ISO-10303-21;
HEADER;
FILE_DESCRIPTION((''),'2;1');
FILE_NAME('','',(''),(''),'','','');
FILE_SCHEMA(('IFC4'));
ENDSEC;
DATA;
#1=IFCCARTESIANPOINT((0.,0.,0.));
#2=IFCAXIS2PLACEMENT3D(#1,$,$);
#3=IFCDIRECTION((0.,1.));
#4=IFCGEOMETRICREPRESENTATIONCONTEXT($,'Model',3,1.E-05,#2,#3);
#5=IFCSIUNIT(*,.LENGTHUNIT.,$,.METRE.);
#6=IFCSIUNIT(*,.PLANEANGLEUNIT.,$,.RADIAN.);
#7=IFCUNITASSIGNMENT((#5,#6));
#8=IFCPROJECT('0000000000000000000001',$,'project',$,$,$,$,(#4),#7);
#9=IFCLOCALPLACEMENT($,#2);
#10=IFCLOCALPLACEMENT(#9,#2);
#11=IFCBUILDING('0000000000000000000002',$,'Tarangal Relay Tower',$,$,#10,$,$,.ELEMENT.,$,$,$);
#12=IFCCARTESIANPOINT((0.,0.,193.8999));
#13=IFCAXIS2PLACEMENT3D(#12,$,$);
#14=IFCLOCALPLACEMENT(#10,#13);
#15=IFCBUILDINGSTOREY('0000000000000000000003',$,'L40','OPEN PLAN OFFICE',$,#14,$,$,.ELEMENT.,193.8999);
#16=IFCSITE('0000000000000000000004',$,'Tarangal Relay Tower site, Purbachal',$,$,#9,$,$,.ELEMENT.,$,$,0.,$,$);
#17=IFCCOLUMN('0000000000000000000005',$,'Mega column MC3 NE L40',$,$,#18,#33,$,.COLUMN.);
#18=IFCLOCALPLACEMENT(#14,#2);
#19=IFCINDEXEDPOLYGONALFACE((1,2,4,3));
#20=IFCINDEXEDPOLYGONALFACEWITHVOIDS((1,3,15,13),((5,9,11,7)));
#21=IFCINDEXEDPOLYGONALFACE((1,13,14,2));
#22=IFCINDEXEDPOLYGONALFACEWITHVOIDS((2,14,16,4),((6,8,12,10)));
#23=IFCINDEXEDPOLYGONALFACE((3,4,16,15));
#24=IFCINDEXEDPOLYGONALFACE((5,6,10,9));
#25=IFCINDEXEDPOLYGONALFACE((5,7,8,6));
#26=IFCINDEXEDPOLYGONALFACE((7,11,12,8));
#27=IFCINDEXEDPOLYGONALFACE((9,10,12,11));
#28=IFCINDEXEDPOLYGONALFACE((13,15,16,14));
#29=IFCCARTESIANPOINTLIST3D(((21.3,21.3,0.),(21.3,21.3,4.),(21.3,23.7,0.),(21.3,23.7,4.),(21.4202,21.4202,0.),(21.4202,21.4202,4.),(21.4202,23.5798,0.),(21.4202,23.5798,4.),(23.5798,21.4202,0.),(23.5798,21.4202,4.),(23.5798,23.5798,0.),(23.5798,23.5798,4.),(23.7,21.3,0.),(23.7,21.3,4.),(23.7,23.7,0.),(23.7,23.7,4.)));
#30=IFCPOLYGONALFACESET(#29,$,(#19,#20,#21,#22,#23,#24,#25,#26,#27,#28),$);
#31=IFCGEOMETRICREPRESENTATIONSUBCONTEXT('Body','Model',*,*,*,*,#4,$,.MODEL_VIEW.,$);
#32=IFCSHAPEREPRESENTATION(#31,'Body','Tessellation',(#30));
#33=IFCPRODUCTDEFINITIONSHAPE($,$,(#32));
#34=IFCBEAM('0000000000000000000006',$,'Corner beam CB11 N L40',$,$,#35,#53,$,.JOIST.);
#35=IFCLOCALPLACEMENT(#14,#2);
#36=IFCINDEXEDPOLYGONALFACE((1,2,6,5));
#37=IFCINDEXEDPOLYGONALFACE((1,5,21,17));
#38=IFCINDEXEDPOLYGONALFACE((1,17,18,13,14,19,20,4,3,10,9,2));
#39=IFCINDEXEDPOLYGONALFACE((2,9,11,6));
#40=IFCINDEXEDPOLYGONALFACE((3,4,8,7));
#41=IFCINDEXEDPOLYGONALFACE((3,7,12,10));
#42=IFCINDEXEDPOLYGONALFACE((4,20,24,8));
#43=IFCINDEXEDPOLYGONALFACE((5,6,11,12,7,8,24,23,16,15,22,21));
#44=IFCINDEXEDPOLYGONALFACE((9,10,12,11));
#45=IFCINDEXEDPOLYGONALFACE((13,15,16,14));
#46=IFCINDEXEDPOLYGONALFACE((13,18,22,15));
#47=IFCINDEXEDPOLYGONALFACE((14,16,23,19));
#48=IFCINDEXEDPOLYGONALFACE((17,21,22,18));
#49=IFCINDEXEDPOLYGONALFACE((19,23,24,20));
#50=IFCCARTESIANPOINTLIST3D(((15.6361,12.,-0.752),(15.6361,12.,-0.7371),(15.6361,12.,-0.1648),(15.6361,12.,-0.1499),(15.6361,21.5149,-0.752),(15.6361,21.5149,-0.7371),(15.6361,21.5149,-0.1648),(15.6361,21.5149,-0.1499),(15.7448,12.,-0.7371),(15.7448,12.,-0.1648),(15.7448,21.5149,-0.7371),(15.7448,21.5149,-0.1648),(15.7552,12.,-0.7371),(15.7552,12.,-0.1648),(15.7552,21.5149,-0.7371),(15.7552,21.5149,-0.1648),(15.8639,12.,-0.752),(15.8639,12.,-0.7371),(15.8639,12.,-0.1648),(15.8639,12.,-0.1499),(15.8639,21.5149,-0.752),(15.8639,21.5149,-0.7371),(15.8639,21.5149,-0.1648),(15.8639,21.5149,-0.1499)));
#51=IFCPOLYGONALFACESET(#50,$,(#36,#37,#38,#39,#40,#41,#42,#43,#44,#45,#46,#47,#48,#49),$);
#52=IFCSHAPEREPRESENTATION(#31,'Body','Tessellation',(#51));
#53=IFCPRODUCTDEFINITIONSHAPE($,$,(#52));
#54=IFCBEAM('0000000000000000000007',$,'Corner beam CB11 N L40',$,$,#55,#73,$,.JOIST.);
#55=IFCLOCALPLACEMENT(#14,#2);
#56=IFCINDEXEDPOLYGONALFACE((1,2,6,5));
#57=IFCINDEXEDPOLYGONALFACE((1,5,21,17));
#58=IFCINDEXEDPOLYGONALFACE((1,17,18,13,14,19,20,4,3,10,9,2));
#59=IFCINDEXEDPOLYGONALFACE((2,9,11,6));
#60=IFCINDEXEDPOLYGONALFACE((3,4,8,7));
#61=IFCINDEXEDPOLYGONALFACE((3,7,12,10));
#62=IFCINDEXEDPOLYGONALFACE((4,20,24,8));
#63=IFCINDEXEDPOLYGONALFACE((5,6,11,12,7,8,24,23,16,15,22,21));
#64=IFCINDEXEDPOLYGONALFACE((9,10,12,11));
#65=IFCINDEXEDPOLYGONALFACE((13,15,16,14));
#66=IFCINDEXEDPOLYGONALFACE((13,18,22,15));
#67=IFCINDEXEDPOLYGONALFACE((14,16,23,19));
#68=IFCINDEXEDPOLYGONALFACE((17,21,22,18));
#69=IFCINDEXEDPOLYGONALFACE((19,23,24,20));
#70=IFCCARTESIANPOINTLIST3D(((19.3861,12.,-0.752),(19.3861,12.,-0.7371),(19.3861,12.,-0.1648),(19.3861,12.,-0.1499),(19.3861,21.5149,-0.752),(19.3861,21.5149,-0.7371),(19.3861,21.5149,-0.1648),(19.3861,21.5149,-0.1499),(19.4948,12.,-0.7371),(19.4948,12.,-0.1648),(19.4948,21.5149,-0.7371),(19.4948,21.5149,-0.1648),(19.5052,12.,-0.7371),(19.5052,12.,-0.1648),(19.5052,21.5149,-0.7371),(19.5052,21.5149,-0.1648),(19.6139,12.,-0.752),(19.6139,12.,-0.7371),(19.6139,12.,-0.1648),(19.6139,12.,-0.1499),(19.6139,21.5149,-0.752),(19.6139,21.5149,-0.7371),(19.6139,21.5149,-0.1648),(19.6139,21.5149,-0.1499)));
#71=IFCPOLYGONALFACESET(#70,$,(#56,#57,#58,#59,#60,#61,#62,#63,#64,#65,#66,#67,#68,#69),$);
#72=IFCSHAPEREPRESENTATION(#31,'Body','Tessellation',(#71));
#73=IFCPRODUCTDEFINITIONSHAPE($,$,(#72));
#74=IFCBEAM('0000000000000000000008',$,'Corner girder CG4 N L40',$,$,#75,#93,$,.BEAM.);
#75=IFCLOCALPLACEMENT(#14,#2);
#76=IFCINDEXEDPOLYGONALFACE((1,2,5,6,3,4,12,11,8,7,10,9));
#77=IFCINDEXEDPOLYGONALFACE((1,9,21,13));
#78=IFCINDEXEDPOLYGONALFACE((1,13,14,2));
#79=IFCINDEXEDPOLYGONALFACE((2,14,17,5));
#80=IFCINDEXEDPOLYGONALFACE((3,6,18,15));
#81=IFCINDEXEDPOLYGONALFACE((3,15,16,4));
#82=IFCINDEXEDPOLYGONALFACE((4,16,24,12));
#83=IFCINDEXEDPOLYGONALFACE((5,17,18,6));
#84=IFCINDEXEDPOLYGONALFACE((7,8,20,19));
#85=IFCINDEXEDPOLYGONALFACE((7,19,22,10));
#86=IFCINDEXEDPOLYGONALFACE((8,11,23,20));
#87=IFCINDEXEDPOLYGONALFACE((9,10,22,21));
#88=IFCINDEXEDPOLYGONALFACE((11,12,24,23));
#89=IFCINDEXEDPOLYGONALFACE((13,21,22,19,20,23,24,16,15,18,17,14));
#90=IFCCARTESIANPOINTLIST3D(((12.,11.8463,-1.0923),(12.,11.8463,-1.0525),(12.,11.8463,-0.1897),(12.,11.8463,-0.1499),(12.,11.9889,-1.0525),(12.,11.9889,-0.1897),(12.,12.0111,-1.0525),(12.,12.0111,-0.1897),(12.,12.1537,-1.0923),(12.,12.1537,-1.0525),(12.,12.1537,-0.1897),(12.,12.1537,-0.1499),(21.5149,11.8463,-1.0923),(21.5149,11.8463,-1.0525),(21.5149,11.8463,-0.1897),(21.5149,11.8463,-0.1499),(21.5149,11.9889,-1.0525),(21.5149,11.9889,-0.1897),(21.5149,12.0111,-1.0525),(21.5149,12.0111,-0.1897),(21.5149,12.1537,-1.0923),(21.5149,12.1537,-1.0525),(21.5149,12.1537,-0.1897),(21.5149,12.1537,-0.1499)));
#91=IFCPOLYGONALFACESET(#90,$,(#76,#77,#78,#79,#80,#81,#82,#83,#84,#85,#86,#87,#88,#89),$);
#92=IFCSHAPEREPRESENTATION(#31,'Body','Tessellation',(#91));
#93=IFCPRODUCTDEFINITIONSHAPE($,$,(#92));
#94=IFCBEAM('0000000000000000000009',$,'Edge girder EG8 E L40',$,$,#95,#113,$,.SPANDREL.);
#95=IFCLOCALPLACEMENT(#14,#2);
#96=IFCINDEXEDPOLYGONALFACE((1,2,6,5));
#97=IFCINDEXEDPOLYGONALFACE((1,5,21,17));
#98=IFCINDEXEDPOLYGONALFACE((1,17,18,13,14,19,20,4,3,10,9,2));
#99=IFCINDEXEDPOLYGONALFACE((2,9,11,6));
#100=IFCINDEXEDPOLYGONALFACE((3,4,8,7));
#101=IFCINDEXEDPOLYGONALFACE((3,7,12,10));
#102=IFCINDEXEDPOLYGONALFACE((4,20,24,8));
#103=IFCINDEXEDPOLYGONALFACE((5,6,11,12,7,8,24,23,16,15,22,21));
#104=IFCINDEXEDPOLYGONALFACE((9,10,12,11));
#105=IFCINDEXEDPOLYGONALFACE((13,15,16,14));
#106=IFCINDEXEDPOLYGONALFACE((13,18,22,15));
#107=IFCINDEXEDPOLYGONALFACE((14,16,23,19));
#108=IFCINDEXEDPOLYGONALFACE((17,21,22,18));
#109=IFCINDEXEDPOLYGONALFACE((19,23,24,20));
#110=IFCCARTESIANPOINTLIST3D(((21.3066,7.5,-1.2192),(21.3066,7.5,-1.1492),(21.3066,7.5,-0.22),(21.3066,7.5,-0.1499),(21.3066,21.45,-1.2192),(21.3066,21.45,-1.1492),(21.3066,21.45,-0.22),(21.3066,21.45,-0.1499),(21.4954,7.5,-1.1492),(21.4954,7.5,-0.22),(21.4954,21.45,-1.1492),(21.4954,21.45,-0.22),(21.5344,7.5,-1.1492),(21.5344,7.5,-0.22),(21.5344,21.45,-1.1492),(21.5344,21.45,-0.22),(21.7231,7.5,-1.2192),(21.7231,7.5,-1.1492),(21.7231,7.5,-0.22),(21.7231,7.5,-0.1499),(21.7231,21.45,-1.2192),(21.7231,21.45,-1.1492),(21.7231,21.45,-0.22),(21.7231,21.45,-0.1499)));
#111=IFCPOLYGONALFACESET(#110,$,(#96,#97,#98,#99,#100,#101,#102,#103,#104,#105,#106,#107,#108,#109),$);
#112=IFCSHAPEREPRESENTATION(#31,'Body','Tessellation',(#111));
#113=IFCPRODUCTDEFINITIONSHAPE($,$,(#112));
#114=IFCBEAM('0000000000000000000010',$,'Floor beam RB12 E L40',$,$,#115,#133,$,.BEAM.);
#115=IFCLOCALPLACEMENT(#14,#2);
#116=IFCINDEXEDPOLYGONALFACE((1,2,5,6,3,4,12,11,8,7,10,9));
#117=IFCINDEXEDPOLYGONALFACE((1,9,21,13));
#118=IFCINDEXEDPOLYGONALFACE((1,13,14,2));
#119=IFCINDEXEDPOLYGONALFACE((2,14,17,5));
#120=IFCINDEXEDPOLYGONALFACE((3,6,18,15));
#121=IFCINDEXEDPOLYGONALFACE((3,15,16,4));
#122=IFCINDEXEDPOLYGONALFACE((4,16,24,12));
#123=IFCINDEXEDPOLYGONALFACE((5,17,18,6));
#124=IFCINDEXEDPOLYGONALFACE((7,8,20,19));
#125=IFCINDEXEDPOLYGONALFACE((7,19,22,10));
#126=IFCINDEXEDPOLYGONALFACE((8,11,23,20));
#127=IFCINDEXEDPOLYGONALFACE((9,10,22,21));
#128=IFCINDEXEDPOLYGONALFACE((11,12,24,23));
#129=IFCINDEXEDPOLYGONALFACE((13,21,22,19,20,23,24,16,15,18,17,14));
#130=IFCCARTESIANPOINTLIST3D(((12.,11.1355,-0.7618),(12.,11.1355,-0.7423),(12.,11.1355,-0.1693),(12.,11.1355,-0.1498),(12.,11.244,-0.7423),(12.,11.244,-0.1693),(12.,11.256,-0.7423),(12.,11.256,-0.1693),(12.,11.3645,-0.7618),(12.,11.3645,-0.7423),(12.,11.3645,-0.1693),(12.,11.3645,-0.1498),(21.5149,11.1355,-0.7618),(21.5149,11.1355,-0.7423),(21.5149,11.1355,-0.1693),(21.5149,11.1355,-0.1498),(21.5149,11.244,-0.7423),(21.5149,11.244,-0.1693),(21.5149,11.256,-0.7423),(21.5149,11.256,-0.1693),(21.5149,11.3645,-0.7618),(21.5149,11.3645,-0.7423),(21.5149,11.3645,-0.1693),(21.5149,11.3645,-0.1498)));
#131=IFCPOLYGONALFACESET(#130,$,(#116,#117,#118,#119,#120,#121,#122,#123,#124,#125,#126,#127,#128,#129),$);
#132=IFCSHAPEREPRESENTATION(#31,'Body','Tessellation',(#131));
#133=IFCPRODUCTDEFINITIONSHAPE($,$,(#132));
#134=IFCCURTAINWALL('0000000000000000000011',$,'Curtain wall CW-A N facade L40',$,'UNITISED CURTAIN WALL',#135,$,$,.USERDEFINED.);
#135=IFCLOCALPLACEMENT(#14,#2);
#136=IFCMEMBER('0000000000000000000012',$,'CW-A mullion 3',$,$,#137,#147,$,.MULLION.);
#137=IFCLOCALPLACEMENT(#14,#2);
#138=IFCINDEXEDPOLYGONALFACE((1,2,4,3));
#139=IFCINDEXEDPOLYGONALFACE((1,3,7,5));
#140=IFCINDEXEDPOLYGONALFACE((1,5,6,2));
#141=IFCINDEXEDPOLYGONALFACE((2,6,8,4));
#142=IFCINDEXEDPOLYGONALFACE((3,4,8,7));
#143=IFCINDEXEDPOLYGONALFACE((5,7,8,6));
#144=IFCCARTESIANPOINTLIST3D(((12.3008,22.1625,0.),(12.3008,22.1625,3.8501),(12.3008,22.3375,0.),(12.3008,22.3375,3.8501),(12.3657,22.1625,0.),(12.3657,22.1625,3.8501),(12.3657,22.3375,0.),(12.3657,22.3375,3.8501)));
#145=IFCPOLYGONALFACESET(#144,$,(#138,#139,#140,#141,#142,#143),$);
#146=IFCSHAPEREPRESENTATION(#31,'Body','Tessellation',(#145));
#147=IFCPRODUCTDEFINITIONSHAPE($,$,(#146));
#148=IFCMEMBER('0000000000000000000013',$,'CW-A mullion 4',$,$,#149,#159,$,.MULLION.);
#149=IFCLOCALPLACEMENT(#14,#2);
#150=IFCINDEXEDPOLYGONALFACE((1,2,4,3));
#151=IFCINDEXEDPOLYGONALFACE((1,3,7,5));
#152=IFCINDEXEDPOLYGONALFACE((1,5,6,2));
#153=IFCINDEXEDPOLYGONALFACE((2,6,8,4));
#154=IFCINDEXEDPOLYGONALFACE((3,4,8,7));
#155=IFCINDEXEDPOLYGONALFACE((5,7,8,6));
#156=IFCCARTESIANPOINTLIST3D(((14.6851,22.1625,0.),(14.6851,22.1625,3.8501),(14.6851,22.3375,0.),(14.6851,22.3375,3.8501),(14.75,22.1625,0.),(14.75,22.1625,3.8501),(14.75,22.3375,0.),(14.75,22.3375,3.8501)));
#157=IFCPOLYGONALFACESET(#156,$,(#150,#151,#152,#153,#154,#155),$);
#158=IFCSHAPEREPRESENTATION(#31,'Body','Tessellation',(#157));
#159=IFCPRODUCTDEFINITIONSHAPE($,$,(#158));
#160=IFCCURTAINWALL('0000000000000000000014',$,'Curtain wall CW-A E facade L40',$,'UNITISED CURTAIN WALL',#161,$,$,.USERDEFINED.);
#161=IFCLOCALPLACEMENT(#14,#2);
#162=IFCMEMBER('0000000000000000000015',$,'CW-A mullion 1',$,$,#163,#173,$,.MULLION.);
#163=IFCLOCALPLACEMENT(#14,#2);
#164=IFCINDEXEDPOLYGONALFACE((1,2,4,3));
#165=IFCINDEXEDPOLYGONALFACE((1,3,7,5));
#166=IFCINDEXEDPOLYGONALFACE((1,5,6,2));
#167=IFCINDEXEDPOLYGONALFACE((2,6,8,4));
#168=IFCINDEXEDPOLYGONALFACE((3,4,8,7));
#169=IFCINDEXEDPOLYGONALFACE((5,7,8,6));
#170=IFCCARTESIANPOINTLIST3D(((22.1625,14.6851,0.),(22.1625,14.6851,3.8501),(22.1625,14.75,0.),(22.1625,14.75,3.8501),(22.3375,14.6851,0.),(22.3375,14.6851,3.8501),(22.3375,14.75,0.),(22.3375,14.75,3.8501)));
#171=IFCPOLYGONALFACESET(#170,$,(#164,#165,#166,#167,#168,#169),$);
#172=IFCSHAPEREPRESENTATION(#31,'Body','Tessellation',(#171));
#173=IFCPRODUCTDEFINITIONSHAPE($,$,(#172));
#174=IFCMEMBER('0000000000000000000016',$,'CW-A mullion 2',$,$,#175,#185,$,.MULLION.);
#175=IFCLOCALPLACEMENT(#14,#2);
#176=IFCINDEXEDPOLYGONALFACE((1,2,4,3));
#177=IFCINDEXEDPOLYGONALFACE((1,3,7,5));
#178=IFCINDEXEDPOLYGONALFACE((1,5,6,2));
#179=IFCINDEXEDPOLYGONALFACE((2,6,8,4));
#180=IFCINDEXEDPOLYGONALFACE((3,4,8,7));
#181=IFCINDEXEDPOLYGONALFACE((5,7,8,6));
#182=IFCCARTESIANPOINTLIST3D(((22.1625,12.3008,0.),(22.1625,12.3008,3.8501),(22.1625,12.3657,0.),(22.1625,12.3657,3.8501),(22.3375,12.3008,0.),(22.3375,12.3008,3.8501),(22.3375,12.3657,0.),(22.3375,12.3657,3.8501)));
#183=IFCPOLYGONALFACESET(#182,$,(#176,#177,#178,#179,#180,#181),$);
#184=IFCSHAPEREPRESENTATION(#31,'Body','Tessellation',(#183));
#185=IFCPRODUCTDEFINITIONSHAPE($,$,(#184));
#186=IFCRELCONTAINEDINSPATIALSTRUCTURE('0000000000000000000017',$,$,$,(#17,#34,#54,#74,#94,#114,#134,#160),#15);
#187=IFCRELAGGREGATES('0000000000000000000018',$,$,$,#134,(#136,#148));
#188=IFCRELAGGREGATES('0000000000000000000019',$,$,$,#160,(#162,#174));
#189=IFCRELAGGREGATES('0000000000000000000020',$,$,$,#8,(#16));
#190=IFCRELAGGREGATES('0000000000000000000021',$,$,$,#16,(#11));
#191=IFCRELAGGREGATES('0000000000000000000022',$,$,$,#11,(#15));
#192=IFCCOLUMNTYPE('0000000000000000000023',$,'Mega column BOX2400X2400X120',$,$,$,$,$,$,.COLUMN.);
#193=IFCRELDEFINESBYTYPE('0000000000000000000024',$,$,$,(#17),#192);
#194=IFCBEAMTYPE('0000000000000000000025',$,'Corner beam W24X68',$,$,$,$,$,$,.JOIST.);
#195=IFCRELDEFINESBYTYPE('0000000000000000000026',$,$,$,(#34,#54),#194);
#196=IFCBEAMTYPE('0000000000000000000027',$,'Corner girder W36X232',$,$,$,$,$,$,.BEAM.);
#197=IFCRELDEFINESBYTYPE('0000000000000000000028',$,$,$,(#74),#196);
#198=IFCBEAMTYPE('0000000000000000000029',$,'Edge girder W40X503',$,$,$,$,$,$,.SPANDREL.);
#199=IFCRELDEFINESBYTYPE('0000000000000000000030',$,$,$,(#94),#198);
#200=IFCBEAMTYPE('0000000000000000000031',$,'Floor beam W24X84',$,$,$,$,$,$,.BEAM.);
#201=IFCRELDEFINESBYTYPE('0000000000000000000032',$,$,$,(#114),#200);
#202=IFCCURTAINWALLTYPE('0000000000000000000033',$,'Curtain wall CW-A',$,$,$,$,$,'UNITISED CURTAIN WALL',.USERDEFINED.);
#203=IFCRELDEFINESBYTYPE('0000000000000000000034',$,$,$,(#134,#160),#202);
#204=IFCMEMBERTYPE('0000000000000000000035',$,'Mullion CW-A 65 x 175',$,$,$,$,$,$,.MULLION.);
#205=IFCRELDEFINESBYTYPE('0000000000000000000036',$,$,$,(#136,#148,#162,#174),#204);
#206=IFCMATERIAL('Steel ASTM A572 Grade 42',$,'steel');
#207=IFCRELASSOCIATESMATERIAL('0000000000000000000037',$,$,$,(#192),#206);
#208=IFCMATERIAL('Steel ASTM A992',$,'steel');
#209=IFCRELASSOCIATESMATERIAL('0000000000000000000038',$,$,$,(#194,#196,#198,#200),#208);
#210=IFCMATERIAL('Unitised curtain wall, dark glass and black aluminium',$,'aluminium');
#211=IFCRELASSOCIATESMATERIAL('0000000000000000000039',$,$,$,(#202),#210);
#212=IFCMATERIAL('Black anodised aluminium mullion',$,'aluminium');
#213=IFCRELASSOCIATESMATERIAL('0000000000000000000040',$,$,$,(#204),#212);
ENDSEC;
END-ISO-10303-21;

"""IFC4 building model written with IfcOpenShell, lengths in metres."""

from ifc_helpers import new_model, si_unit, direction, frame, origin, origin_2d, place, context, subcontext, project, spatial, rectangle, hollow_rectangle, i_section, extrude, material, material_profile, profile_set, type_object, element, aggregate, save


model = new_model("IFC4")

# Units and contexts
model_context = context("Model", 3, precision=1e-05, world=origin(), true_north=direction((0.0, 1.0)))
body_context = subcontext(model_context, "Body", "Model", "MODEL_VIEW")
ifc_project = project(units=[si_unit("LENGTHUNIT", "METRE"), si_unit("PLANEANGLEUNIT", "RADIAN")], contexts=[model_context])

# Site, building, storey
site_placement = place(None, origin())
site = spatial("IfcSite", under=ifc_project, at=site_placement, Name="Tarangal Relay Tower site, Purbachal", CompositionType="ELEMENT", RefElevation=0.0)
building_placement = place(site_placement, origin())
building = spatial("IfcBuilding", under=site, at=building_placement, Name="Tarangal Relay Tower", CompositionType="ELEMENT")
storey_placement = place(building_placement, frame((0.0, 0.0, 193.8999)))
storey = spatial("IfcBuildingStorey", under=building, at=storey_placement, Name="L40", Description="OPEN PLAN OFFICE", CompositionType="ELEMENT", Elevation=193.8999)

# Column
ifc_material_1 = material(Name="Steel ASTM A572 Grade 42", Category="steel")
ifc_material_profile_1 = material_profile(ifc_material_1, hollow_rectangle(XDim=2.3999, YDim=2.3999, WallThickness=0.1201, at=origin_2d()), Name="BOX2400X2400X120")
ifc_profile_set_1 = profile_set([ifc_material_profile_1], Name="Steel ASTM A572 Grade 42")
column_type = type_object("IfcColumnType", Name="Mega column BOX2400X2400X120", PredefinedType="COLUMN", material=ifc_profile_set_1)
column_placement = place(storey_placement, frame((22.5, 22.5, 0.0), z_axis=(0.0, 0.0, 1.0), x_axis=(1.0, 0.0, 0.0)))
element("IfcColumn", 1, at=column_placement, inside=storey, type_object=column_type, Name="Mega column MC3 NE L40", PredefinedType="COLUMN", context=body_context, shape_type="SweptSolid", body=[
    extrude(hollow_rectangle(XDim=2.3999, YDim=2.3999, WallThickness=0.1201, at=origin_2d()), origin(), (0.0, 0.0, 1.0), 4.0),
])

# Beams
ifc_material_2 = material(Name="Steel ASTM A992", Category="steel")
ifc_material_profile_2 = material_profile(ifc_material_2, i_section(OverallWidth=0.2278, OverallDepth=0.6021, WebThickness=0.0105, FlangeThickness=0.0149, at=origin_2d()), Name="W24X68")
ifc_profile_set_2 = profile_set([ifc_material_profile_2], Name="Steel ASTM A992")
beam_type_1 = type_object("IfcBeamType", Name="Corner beam W24X68", PredefinedType="JOIST", material=ifc_profile_set_2)
for number, where, z_axis, x_axis, name in (
    (2, (15.75, 12.0, -0.4509), (0.0, 1.0, 0.0), (-1.0, 0.0, 0.0), "Corner beam CB11 N L40"),
    (3, (19.5, 12.0, -0.4509), (0.0, 1.0, 0.0), (-1.0, 0.0, 0.0), "Corner beam CB11 N L40"),
):
    element("IfcBeam", number, at=place(storey_placement, frame(where, z_axis=z_axis, x_axis=x_axis)), inside=storey, type_object=beam_type_1, Name=name, PredefinedType="JOIST", context=body_context, shape_type="SweptSolid", body=[
        extrude(i_section(OverallWidth=0.2278, OverallDepth=0.6021, WebThickness=0.0105, FlangeThickness=0.0149, at=origin_2d()), origin(), (0.0, 0.0, 1.0), 9.5149),
    ])
ifc_material_profile_3 = material_profile(ifc_material_2, i_section(OverallWidth=0.3074, OverallDepth=0.9424, WebThickness=0.0222, FlangeThickness=0.0398, at=origin_2d()), Name="W36X232")
ifc_profile_set_3 = profile_set([ifc_material_profile_3], Name="Steel ASTM A992")
beam_type_2 = type_object("IfcBeamType", Name="Corner girder W36X232", PredefinedType="BEAM", material=ifc_profile_set_3)
beam_1_placement = place(storey_placement, frame((12.0, 12.0, -0.6211), z_axis=(1.0, 0.0, 0.0), x_axis=(0.0, 1.0, 0.0)))
element("IfcBeam", 4, at=beam_1_placement, inside=storey, type_object=beam_type_2, Name="Corner girder CG4 N L40", PredefinedType="BEAM", context=body_context, shape_type="SweptSolid", body=[
    extrude(i_section(OverallWidth=0.3074, OverallDepth=0.9424, WebThickness=0.0222, FlangeThickness=0.0398, at=origin_2d()), origin(), (0.0, 0.0, 1.0), 9.5149),
])
ifc_material_profile_4 = material_profile(ifc_material_2, i_section(OverallWidth=0.4165, OverallDepth=1.0693, WebThickness=0.0391, FlangeThickness=0.0701, at=origin_2d()), Name="W40X503")
ifc_profile_set_4 = profile_set([ifc_material_profile_4], Name="Steel ASTM A992")
beam_type_3 = type_object("IfcBeamType", Name="Edge girder W40X503", PredefinedType="SPANDREL", material=ifc_profile_set_4)
beam_2_placement = place(storey_placement, frame((21.5149, 21.45, -0.6846), z_axis=(0.0, -1.0, 0.0), x_axis=(1.0, 0.0, 0.0)))
element("IfcBeam", 5, at=beam_2_placement, inside=storey, type_object=beam_type_3, Name="Edge girder EG8 E L40", PredefinedType="SPANDREL", context=body_context, shape_type="SweptSolid", body=[
    extrude(i_section(OverallWidth=0.4165, OverallDepth=1.0693, WebThickness=0.0391, FlangeThickness=0.0701, at=origin_2d()), origin(), (0.0, 0.0, 1.0), 13.95),
])
ifc_material_profile_5 = material_profile(ifc_material_2, i_section(OverallWidth=0.229, OverallDepth=0.6121, WebThickness=0.012, FlangeThickness=0.0195, at=origin_2d()), Name="W24X84")
ifc_profile_set_5 = profile_set([ifc_material_profile_5], Name="Steel ASTM A992")
beam_type_4 = type_object("IfcBeamType", Name="Floor beam W24X84", PredefinedType="BEAM", material=ifc_profile_set_5)
beam_3_placement = place(storey_placement, frame((12.0, 11.25, -0.4558), z_axis=(1.0, 0.0, 0.0), x_axis=(0.0, 1.0, 0.0)))
element("IfcBeam", 6, at=beam_3_placement, inside=storey, type_object=beam_type_4, Name="Floor beam RB12 E L40", PredefinedType="BEAM", context=body_context, shape_type="SweptSolid", body=[
    extrude(i_section(OverallWidth=0.229, OverallDepth=0.6121, WebThickness=0.012, FlangeThickness=0.0195, at=origin_2d()), origin(), (0.0, 0.0, 1.0), 9.5149),
])

# Curtain walls, members
ifc_material_3 = material(Name="Unitised curtain wall, dark glass and black aluminium", Category="aluminium")
curtain_wall_type = type_object("IfcCurtainWallType", Name="Curtain wall CW-A", ElementType="UNITISED CURTAIN WALL", PredefinedType="USERDEFINED", material=ifc_material_3)
curtain_wall_1_placement = place(storey_placement, origin())
curtain_wall_1 = element("IfcCurtainWall", 7, at=curtain_wall_1_placement, inside=storey, type_object=curtain_wall_type, Name="Curtain wall CW-A N facade L40", ObjectType="UNITISED CURTAIN WALL", PredefinedType="USERDEFINED")
ifc_material_4 = material(Name="Black anodised aluminium mullion", Category="aluminium")
ifc_material_profile_6 = material_profile(ifc_material_4, rectangle(XDim=0.175, YDim=0.0649, at=origin_2d()), Name="CW-AM 65X175")
ifc_profile_set_6 = profile_set([ifc_material_profile_6], Name="Black anodised aluminium mullion")
member_type_1 = type_object("IfcMemberType", Name="Mullion CW-A 65 x 175", PredefinedType="MULLION", material=ifc_profile_set_6)
member_1_placement = place(storey_placement, frame((12.3333, 22.25, 0.0), z_axis=(0.0, 0.0, 1.0), x_axis=(0.0, 1.0, 0.0)))
member_1 = element("IfcMember", 8, at=member_1_placement, type_object=member_type_1, Name="CW-A mullion 3", PredefinedType="MULLION", context=body_context, shape_type="SweptSolid", body=[
    extrude(rectangle(XDim=0.175, YDim=0.0649, at=origin_2d()), origin(), (0.0, 0.0, 1.0), 3.8501),
])
member_2_placement = place(storey_placement, frame((14.7175, 22.25, 0.0), z_axis=(0.0, 0.0, 1.0), x_axis=(0.0, 1.0, 0.0)))
member_2 = element("IfcMember", 9, at=member_2_placement, type_object=member_type_1, Name="CW-A mullion 4", PredefinedType="MULLION", context=body_context, shape_type="SweptSolid", body=[
    extrude(rectangle(XDim=0.175, YDim=0.0649, at=origin_2d()), origin(), (0.0, 0.0, 1.0), 3.8501),
])
curtain_wall_2_placement = place(storey_placement, origin())
curtain_wall_2 = element("IfcCurtainWall", 10, at=curtain_wall_2_placement, inside=storey, type_object=curtain_wall_type, Name="Curtain wall CW-A E facade L40", ObjectType="UNITISED CURTAIN WALL", PredefinedType="USERDEFINED")
member_3_placement = place(storey_placement, frame((22.25, 14.7175, 0.0), z_axis=(0.0, 0.0, 1.0), x_axis=(1.0, 0.0, 0.0)))
member_3 = element("IfcMember", 11, at=member_3_placement, type_object=member_type_1, Name="CW-A mullion 1", PredefinedType="MULLION", context=body_context, shape_type="SweptSolid", body=[
    extrude(rectangle(XDim=0.175, YDim=0.0649, at=origin_2d()), origin(), (0.0, 0.0, 1.0), 3.8501),
])
member_4_placement = place(storey_placement, frame((22.25, 12.3333, 0.0), z_axis=(0.0, 0.0, 1.0), x_axis=(1.0, 0.0, 0.0)))
member_4 = element("IfcMember", 12, at=member_4_placement, type_object=member_type_1, Name="CW-A mullion 2", PredefinedType="MULLION", context=body_context, shape_type="SweptSolid", body=[
    extrude(rectangle(XDim=0.175, YDim=0.0649, at=origin_2d()), origin(), (0.0, 0.0, 1.0), 3.8501),
])

aggregate(curtain_wall_1, [member_1, member_2])
aggregate(curtain_wall_2, [member_3, member_4])

save(model, "model.ifc")
